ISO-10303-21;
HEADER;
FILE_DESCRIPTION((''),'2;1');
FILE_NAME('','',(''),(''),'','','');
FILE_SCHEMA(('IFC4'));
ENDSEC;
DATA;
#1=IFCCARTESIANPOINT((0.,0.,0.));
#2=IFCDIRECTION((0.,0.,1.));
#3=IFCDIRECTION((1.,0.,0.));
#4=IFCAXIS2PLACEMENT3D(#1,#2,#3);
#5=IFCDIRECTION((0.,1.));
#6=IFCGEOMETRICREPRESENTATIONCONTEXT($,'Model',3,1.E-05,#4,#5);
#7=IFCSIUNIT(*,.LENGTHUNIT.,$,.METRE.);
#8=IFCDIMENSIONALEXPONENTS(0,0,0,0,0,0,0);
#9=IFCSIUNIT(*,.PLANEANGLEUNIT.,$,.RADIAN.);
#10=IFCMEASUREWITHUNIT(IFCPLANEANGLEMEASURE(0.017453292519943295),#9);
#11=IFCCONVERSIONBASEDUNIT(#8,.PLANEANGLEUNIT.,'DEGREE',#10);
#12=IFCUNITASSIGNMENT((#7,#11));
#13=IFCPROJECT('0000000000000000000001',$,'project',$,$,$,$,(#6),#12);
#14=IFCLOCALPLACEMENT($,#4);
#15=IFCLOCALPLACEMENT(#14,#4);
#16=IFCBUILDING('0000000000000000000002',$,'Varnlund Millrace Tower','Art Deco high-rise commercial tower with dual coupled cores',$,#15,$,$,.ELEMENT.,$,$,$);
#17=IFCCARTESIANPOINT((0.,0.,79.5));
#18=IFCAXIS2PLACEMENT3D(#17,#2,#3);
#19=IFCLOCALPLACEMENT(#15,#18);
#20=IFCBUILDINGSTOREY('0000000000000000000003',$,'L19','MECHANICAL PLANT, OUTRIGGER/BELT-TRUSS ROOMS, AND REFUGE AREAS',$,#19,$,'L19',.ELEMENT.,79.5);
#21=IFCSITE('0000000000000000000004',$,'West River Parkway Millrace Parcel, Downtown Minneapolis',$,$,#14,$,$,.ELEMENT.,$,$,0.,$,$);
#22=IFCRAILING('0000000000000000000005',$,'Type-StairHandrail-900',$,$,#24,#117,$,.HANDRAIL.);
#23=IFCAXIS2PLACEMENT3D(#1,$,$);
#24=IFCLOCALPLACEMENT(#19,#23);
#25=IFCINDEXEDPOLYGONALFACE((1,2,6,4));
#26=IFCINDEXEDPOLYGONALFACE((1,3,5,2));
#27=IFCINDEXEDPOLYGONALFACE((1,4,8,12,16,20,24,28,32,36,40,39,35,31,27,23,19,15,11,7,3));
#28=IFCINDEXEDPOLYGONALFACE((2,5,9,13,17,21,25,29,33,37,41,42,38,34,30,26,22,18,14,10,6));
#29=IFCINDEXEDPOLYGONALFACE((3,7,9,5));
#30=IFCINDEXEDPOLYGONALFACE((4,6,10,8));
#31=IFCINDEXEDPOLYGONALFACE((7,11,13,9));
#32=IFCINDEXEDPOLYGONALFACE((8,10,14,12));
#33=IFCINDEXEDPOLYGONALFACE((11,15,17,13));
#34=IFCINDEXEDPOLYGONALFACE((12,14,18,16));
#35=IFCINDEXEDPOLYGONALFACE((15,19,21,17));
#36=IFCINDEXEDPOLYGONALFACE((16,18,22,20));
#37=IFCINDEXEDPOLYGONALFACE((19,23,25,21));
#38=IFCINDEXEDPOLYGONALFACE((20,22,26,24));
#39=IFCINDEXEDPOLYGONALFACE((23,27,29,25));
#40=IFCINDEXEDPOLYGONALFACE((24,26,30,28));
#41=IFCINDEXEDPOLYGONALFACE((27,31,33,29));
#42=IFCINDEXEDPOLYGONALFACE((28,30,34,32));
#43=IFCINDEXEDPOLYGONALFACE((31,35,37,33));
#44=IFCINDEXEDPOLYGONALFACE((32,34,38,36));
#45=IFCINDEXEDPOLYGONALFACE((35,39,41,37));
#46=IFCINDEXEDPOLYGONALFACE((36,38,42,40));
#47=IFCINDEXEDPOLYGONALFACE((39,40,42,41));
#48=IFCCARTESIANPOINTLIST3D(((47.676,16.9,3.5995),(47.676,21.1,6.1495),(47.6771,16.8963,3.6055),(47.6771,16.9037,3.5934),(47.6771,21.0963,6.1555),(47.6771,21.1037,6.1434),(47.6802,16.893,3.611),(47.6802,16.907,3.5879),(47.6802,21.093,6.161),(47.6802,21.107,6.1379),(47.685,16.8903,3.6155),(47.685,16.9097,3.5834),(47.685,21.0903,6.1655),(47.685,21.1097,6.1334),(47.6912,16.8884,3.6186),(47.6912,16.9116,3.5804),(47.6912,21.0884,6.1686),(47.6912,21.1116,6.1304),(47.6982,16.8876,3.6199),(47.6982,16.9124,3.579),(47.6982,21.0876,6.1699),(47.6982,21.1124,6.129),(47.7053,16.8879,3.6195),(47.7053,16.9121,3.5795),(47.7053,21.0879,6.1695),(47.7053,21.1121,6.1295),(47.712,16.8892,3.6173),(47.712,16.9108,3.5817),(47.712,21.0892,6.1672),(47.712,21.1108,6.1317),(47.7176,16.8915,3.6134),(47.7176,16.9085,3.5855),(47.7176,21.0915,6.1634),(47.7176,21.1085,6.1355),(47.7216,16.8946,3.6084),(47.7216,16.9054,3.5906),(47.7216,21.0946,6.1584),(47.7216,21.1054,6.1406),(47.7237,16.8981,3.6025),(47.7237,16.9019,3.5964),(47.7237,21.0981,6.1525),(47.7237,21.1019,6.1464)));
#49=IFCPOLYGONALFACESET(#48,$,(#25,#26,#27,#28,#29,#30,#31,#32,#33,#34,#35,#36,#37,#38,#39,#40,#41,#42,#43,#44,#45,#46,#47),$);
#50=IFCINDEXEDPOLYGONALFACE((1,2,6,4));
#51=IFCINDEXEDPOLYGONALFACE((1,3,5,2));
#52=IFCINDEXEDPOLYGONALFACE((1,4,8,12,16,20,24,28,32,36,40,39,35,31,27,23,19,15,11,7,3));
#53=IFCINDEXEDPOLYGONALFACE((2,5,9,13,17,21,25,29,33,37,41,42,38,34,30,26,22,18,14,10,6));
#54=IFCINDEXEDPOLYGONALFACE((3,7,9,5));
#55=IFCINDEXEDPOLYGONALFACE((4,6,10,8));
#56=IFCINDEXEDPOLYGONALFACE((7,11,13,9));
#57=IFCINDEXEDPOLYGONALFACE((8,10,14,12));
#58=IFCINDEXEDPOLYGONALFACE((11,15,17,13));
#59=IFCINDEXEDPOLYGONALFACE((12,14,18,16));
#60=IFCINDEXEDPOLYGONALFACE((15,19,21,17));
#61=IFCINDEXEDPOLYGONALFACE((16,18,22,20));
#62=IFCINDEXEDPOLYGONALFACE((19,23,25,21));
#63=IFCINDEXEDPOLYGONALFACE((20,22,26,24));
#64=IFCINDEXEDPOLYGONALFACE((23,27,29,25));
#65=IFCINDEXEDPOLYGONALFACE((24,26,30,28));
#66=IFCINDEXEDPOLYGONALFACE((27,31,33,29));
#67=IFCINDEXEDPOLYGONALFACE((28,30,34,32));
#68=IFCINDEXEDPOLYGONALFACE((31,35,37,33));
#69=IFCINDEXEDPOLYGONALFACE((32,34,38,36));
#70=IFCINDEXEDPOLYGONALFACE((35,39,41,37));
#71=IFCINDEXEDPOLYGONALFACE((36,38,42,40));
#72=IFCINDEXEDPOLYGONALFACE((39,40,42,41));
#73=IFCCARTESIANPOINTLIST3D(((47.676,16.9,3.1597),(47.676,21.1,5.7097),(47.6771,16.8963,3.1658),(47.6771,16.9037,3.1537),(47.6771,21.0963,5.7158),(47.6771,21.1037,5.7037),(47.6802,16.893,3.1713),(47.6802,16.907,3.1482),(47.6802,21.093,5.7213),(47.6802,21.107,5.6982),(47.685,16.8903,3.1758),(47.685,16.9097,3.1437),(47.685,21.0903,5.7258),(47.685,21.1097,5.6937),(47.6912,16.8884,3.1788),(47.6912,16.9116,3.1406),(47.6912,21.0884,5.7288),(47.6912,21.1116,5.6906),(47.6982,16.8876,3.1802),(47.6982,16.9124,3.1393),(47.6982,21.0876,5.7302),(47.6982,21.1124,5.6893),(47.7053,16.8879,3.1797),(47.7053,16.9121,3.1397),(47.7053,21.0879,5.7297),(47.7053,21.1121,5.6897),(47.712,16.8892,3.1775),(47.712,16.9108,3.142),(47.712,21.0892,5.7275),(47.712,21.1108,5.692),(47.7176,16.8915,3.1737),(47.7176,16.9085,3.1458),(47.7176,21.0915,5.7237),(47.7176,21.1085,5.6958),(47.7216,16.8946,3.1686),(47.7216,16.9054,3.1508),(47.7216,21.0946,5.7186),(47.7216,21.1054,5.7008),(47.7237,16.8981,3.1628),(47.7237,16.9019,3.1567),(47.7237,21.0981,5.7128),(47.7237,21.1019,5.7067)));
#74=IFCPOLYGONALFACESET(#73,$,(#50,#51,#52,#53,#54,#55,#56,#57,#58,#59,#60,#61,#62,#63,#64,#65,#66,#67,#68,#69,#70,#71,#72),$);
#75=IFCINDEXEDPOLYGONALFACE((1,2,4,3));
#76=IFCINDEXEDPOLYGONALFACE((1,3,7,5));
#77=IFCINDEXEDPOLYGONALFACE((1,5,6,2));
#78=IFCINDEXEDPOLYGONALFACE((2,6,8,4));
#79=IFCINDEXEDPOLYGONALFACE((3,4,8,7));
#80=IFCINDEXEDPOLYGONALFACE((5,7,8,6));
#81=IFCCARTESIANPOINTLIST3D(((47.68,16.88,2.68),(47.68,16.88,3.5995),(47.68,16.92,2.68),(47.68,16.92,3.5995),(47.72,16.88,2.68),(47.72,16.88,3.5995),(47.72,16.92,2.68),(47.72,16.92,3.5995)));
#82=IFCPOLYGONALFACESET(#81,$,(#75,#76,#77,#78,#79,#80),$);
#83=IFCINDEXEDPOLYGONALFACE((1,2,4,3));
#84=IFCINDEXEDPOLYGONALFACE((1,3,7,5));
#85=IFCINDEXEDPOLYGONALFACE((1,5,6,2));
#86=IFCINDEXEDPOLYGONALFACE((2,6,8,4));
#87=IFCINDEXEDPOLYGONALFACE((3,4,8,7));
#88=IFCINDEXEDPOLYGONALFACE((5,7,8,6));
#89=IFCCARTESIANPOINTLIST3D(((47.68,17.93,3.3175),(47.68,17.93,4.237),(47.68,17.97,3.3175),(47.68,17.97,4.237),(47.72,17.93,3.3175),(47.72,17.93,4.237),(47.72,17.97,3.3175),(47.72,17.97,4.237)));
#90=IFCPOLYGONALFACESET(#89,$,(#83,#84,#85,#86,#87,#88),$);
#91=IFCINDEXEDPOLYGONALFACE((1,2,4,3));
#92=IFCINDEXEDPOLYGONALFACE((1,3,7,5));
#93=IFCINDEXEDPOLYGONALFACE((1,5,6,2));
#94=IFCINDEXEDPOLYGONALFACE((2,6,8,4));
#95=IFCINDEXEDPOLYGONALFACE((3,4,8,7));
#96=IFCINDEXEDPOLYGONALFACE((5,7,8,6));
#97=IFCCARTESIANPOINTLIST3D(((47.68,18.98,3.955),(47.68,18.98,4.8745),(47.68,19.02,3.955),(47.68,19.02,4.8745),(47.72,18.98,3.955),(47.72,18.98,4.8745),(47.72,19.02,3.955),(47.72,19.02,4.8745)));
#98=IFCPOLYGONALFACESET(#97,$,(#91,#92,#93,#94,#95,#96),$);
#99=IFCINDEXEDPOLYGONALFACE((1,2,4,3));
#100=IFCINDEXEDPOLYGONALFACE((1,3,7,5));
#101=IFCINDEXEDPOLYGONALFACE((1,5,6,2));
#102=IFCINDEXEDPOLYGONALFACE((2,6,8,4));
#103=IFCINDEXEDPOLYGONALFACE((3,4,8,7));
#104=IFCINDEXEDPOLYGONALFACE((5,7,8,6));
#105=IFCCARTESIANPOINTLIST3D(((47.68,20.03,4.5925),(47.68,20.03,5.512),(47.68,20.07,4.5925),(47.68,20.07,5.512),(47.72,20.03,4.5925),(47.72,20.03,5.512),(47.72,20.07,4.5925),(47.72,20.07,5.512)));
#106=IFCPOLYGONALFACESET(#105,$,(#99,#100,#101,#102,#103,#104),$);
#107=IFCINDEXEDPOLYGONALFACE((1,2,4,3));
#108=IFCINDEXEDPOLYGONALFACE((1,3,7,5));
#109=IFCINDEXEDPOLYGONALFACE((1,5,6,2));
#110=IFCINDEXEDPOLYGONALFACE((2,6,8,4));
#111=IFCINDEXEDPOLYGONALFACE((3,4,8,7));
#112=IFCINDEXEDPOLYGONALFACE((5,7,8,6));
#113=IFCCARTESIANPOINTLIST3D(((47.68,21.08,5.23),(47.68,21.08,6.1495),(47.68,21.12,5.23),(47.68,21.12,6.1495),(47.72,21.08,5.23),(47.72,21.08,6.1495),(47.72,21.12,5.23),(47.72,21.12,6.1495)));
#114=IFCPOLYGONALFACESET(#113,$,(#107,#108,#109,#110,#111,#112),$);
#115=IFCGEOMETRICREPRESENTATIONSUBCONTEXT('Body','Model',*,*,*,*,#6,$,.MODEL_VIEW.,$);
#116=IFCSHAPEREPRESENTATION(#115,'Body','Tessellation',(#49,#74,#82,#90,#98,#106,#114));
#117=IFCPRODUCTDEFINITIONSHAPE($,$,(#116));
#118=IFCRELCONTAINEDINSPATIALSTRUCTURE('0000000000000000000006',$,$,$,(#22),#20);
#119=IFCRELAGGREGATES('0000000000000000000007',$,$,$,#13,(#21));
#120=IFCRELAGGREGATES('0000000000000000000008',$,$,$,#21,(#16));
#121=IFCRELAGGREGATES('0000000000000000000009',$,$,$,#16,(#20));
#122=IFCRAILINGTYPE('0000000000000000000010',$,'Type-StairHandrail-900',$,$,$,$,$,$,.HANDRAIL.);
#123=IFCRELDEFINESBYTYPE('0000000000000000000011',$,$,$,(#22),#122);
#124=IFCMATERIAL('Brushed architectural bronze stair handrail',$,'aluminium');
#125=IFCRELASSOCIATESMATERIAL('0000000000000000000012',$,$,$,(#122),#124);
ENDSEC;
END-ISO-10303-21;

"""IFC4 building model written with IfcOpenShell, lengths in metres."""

from ifc_helpers import new_model, entity, si_unit, converted_unit, direction, frame, origin_with_axes, origin_2d_with_axis, place, context, subcontext, project, spatial, rectangle, circle, extrude, material, type_object, element, save


model = new_model("IFC4")

# Units and contexts
model_context = context("Model", 3, precision=1e-05, world=origin_with_axes(), true_north=direction((0.0, 1.0)))
body_context = subcontext(model_context, "Body", "Model", "MODEL_VIEW")
ifc_project = project(units=[si_unit("LENGTHUNIT", "METRE"), converted_unit("PLANEANGLEUNIT", "DEGREE", entity("IfcPlaneAngleMeasure", 0.017453292519943295), si_unit("PLANEANGLEUNIT", "RADIAN"), dimensions=[0, 0, 0, 0, 0, 0, 0])], contexts=[model_context])

# Site, building, storey
site_placement = place(None, origin_with_axes())
site = spatial("IfcSite", under=ifc_project, at=site_placement, Name="West River Parkway Millrace Parcel, Downtown Minneapolis", CompositionType="ELEMENT", RefElevation=0.0)
building_placement = place(site_placement, origin_with_axes())
building = spatial("IfcBuilding", under=site, at=building_placement, Name="Varnlund Millrace Tower", Description="Art Deco high-rise commercial tower with dual coupled cores", CompositionType="ELEMENT")
storey_placement = place(building_placement, frame((0.0, 0.0, 79.5), z_axis=(0.0, 0.0, 1.0), x_axis=(1.0, 0.0, 0.0)))
storey = spatial("IfcBuildingStorey", under=building, at=storey_placement, Name="L19", Description="MECHANICAL PLANT, OUTRIGGER/BELT-TRUSS ROOMS, AND REFUGE AREAS", LongName="L19", CompositionType="ELEMENT", Elevation=79.5)

# Railing
ifc_material_1 = material(Name="Brushed architectural bronze stair handrail", Category="aluminium")
railing_type_1 = type_object("IfcRailingType", Name="Type-StairHandrail-900", PredefinedType="HANDRAIL", material=ifc_material_1)
railing_1_placement = place(storey_placement, frame((0.0, 0.0, -79.5), z_axis=(0.0, 0.0, 1.0), x_axis=(1.0, 0.0, 0.0)))
element("IfcRailing", 1, at=railing_1_placement, inside=storey, type_object=railing_type_1, Name="Type-StairHandrail-900", PredefinedType="HANDRAIL", context=body_context, shape_type="SweptSolid", body=[
    extrude(circle(Radius=0.024, at=origin_2d_with_axis()), frame((47.7, 16.9, 83.0995), z_axis=(0.0, 0.854788, 0.518978), x_axis=(-1.0, 0.0, 0.0)), (0.0, 0.0, 1.0), 4.9135),
    extrude(circle(Radius=0.024, at=origin_2d_with_axis()), frame((47.7, 16.9, 82.6597), z_axis=(0.0, 0.854788, 0.518978), x_axis=(-1.0, 0.0, 0.0)), (0.0, 0.0, 1.0), 4.9135),
    extrude(rectangle(XDim=0.04, YDim=0.04, at=origin_2d_with_axis()), frame((47.7, 16.9, 82.18), z_axis=(0.0, 0.0, 1.0), x_axis=(1.0, 0.0, 0.0)), (0.0, 0.0, 1.0), 0.9195),
    extrude(rectangle(XDim=0.04, YDim=0.04, at=origin_2d_with_axis()), frame((47.7, 17.95, 82.8175), z_axis=(0.0, 0.0, 1.0), x_axis=(1.0, 0.0, 0.0)), (0.0, 0.0, 1.0), 0.9195),
    extrude(rectangle(XDim=0.04, YDim=0.04, at=origin_2d_with_axis()), frame((47.7, 19.0, 83.455), z_axis=(0.0, 0.0, 1.0), x_axis=(1.0, 0.0, 0.0)), (0.0, 0.0, 1.0), 0.9195),
    extrude(rectangle(XDim=0.04, YDim=0.04, at=origin_2d_with_axis()), frame((47.7, 20.05, 84.0925), z_axis=(0.0, 0.0, 1.0), x_axis=(1.0, 0.0, 0.0)), (0.0, 0.0, 1.0), 0.9195),
    extrude(rectangle(XDim=0.04, YDim=0.04, at=origin_2d_with_axis()), frame((47.7, 21.1, 84.73), z_axis=(0.0, 0.0, 1.0), x_axis=(1.0, 0.0, 0.0)), (0.0, 0.0, 1.0), 0.9195),
])

save(model, "model.ifc")
